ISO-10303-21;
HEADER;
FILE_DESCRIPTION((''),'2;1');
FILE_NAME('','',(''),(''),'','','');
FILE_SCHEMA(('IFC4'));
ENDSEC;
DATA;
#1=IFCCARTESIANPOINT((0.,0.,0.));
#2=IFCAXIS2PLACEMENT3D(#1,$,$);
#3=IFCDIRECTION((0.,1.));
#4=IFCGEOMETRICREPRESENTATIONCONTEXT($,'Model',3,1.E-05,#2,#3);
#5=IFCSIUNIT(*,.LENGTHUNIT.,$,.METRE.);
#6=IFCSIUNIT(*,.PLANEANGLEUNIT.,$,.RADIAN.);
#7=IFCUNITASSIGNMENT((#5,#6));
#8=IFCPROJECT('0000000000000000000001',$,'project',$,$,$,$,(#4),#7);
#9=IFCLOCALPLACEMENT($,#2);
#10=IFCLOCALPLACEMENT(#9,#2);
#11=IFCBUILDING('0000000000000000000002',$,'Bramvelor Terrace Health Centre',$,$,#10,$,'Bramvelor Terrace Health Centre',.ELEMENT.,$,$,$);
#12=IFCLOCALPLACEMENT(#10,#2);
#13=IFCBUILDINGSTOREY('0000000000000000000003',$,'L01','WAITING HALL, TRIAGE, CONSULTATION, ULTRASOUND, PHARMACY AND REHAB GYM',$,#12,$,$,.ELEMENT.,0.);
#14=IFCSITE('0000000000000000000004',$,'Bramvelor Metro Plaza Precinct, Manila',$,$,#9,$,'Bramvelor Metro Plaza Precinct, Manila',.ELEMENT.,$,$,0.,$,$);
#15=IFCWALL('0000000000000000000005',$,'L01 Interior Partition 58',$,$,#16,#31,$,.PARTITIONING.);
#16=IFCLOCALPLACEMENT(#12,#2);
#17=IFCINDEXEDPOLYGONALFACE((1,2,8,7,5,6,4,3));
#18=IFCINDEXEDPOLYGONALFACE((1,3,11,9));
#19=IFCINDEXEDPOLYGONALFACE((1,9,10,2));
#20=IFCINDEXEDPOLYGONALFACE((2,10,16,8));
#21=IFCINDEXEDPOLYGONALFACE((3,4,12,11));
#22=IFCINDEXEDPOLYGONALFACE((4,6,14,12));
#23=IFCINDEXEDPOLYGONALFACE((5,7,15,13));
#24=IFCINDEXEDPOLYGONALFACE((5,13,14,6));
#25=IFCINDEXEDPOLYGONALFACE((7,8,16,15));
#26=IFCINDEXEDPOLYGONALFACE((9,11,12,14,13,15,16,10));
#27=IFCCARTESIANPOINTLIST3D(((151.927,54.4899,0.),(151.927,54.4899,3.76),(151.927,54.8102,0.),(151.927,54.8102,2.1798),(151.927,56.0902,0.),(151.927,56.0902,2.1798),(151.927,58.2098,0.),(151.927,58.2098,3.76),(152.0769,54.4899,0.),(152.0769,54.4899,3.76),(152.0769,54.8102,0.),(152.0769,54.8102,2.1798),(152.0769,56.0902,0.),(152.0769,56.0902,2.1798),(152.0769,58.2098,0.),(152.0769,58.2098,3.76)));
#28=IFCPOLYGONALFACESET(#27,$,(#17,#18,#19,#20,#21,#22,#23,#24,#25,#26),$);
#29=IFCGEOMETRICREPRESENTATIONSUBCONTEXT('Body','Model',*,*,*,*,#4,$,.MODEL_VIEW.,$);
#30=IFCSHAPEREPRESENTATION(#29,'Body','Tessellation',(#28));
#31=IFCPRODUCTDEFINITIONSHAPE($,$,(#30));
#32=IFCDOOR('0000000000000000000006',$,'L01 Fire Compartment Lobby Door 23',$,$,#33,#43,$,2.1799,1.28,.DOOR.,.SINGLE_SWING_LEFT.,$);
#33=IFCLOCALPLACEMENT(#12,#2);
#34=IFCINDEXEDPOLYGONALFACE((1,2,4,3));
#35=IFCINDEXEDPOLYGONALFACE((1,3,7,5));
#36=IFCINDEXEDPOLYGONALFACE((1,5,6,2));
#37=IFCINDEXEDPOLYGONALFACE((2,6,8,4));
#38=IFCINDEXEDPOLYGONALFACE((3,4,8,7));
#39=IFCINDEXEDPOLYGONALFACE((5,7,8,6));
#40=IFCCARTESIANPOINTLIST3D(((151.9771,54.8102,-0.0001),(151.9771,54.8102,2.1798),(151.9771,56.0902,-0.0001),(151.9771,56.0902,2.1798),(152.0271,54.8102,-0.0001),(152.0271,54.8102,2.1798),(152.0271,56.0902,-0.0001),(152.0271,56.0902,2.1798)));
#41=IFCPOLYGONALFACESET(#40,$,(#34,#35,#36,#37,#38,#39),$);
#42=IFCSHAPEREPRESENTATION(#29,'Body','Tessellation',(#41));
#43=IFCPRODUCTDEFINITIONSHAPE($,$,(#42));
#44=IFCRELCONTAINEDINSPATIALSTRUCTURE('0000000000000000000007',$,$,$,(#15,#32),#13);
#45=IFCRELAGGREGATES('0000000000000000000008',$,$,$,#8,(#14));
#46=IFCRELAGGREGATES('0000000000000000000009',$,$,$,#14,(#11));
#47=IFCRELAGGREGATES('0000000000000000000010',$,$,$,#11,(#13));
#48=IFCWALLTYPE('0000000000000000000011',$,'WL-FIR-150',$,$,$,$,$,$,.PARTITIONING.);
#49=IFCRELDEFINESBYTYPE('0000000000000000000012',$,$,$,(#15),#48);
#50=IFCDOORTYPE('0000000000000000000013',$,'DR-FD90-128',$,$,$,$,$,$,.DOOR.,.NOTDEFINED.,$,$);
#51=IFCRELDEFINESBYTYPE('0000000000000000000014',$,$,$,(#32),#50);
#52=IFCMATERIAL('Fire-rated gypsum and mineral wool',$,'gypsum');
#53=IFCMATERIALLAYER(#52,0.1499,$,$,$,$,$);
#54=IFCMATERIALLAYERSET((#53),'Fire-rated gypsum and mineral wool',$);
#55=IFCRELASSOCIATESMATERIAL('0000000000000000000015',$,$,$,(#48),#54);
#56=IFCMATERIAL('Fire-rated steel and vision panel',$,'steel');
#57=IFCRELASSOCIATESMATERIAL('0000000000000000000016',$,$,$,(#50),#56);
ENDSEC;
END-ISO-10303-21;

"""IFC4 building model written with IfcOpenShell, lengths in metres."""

from ifc_helpers import new_model, si_unit, direction, frame, frame_2d, origin, place, context, subcontext, project, spatial, rectangle, extrude, material, layer, layer_set, type_object, element, fill, save


model = new_model("IFC4")

# Units and contexts
model_context = context("Model", 3, precision=1e-05, world=origin(), true_north=direction((0.0, 1.0)))
body_context = subcontext(model_context, "Body", "Model", "MODEL_VIEW")
ifc_project = project(units=[si_unit("LENGTHUNIT", "METRE"), si_unit("PLANEANGLEUNIT", "RADIAN")], contexts=[model_context])

# Site, building, storey
site_placement = place(None, origin())
site = spatial("IfcSite", under=ifc_project, at=site_placement, Name="Bramvelor Metro Plaza Precinct, Manila", LongName="Bramvelor Metro Plaza Precinct, Manila", CompositionType="ELEMENT", RefElevation=0.0)
building_placement = place(site_placement, origin())
building = spatial("IfcBuilding", under=site, at=building_placement, Name="Bramvelor Terrace Health Centre", LongName="Bramvelor Terrace Health Centre", CompositionType="ELEMENT")
storey_placement = place(building_placement, origin())
storey = spatial("IfcBuildingStorey", under=building, at=storey_placement, Name="L01", Description="WAITING HALL, TRIAGE, CONSULTATION, ULTRASOUND, PHARMACY AND REHAB GYM", CompositionType="ELEMENT", Elevation=0.0)

# Wall, opening, door
ifc_material_1 = material(Name="Fire-rated gypsum and mineral wool", Category="gypsum")
ifc_layer_1 = layer(ifc_material_1, 0.1499)
ifc_layer_set_1 = layer_set([ifc_layer_1], Name="Fire-rated gypsum and mineral wool")
wall_type_1 = type_object("IfcWallType", Name="WL-FIR-150", PredefinedType="PARTITIONING", material=ifc_layer_set_1)
wall_1_placement = place(storey_placement, frame((152.002, 54.49, 0.0), z_axis=(0.0, 0.0, 1.0), x_axis=(0.0, 1.0, 0.0)))
wall_1 = element("IfcWall", 1, at=wall_1_placement, inside=storey, type_object=wall_type_1, Name="L01 Interior Partition 58", PredefinedType="PARTITIONING", context=body_context, shape_type="SweptSolid", body=[
    extrude(rectangle(XDim=3.72, YDim=0.1499, at=frame_2d((1.8599, 0.0))), origin(), (0.0, 0.0, 1.0), 3.76),
])
opening_1_placement = place(wall_1_placement, frame((0.3201, 0.0, 0.0)))
opening_1 = element("IfcOpeningElement", 2, at=opening_1_placement, cuts=wall_1, PredefinedType="OPENING", context=body_context, shape_type="SweptSolid", body=[
    extrude(rectangle(XDim=1.28, YDim=2.1799, at=frame_2d((0.6401, 1.0898))), frame((0.0, 0.085, 0.0), z_axis=(0.0, -1.0, 0.0), x_axis=(1.0, 0.0, 0.0)), (0.0, 0.0, 1.0), 0.1699),
])
ifc_material_2 = material(Name="Fire-rated steel and vision panel", Category="steel")
door_type_1 = type_object("IfcDoorType", Name="DR-FD90-128", OperationType="NOTDEFINED", PredefinedType="DOOR", material=ifc_material_2)
door_1_placement = place(opening_1_placement, origin())
door_1 = element("IfcDoor", 3, at=door_1_placement, inside=storey, type_object=door_type_1, Name="L01 Fire Compartment Lobby Door 23", OperationType="SINGLE_SWING_LEFT", OverallHeight=2.1799, OverallWidth=1.28, PredefinedType="DOOR", context=body_context, shape_type="SweptSolid", body=[
    extrude(rectangle(XDim=1.28, YDim=2.1799, at=frame_2d((0.6401, 1.0898))), frame((0.0, 0.0249, 0.0), z_axis=(0.0, -1.0, 0.0), x_axis=(1.0, 0.0, 0.0)), (0.0, 0.0, 1.0), 0.05),
])
fill(opening_1, door_1)

save(model, "model.ifc")
